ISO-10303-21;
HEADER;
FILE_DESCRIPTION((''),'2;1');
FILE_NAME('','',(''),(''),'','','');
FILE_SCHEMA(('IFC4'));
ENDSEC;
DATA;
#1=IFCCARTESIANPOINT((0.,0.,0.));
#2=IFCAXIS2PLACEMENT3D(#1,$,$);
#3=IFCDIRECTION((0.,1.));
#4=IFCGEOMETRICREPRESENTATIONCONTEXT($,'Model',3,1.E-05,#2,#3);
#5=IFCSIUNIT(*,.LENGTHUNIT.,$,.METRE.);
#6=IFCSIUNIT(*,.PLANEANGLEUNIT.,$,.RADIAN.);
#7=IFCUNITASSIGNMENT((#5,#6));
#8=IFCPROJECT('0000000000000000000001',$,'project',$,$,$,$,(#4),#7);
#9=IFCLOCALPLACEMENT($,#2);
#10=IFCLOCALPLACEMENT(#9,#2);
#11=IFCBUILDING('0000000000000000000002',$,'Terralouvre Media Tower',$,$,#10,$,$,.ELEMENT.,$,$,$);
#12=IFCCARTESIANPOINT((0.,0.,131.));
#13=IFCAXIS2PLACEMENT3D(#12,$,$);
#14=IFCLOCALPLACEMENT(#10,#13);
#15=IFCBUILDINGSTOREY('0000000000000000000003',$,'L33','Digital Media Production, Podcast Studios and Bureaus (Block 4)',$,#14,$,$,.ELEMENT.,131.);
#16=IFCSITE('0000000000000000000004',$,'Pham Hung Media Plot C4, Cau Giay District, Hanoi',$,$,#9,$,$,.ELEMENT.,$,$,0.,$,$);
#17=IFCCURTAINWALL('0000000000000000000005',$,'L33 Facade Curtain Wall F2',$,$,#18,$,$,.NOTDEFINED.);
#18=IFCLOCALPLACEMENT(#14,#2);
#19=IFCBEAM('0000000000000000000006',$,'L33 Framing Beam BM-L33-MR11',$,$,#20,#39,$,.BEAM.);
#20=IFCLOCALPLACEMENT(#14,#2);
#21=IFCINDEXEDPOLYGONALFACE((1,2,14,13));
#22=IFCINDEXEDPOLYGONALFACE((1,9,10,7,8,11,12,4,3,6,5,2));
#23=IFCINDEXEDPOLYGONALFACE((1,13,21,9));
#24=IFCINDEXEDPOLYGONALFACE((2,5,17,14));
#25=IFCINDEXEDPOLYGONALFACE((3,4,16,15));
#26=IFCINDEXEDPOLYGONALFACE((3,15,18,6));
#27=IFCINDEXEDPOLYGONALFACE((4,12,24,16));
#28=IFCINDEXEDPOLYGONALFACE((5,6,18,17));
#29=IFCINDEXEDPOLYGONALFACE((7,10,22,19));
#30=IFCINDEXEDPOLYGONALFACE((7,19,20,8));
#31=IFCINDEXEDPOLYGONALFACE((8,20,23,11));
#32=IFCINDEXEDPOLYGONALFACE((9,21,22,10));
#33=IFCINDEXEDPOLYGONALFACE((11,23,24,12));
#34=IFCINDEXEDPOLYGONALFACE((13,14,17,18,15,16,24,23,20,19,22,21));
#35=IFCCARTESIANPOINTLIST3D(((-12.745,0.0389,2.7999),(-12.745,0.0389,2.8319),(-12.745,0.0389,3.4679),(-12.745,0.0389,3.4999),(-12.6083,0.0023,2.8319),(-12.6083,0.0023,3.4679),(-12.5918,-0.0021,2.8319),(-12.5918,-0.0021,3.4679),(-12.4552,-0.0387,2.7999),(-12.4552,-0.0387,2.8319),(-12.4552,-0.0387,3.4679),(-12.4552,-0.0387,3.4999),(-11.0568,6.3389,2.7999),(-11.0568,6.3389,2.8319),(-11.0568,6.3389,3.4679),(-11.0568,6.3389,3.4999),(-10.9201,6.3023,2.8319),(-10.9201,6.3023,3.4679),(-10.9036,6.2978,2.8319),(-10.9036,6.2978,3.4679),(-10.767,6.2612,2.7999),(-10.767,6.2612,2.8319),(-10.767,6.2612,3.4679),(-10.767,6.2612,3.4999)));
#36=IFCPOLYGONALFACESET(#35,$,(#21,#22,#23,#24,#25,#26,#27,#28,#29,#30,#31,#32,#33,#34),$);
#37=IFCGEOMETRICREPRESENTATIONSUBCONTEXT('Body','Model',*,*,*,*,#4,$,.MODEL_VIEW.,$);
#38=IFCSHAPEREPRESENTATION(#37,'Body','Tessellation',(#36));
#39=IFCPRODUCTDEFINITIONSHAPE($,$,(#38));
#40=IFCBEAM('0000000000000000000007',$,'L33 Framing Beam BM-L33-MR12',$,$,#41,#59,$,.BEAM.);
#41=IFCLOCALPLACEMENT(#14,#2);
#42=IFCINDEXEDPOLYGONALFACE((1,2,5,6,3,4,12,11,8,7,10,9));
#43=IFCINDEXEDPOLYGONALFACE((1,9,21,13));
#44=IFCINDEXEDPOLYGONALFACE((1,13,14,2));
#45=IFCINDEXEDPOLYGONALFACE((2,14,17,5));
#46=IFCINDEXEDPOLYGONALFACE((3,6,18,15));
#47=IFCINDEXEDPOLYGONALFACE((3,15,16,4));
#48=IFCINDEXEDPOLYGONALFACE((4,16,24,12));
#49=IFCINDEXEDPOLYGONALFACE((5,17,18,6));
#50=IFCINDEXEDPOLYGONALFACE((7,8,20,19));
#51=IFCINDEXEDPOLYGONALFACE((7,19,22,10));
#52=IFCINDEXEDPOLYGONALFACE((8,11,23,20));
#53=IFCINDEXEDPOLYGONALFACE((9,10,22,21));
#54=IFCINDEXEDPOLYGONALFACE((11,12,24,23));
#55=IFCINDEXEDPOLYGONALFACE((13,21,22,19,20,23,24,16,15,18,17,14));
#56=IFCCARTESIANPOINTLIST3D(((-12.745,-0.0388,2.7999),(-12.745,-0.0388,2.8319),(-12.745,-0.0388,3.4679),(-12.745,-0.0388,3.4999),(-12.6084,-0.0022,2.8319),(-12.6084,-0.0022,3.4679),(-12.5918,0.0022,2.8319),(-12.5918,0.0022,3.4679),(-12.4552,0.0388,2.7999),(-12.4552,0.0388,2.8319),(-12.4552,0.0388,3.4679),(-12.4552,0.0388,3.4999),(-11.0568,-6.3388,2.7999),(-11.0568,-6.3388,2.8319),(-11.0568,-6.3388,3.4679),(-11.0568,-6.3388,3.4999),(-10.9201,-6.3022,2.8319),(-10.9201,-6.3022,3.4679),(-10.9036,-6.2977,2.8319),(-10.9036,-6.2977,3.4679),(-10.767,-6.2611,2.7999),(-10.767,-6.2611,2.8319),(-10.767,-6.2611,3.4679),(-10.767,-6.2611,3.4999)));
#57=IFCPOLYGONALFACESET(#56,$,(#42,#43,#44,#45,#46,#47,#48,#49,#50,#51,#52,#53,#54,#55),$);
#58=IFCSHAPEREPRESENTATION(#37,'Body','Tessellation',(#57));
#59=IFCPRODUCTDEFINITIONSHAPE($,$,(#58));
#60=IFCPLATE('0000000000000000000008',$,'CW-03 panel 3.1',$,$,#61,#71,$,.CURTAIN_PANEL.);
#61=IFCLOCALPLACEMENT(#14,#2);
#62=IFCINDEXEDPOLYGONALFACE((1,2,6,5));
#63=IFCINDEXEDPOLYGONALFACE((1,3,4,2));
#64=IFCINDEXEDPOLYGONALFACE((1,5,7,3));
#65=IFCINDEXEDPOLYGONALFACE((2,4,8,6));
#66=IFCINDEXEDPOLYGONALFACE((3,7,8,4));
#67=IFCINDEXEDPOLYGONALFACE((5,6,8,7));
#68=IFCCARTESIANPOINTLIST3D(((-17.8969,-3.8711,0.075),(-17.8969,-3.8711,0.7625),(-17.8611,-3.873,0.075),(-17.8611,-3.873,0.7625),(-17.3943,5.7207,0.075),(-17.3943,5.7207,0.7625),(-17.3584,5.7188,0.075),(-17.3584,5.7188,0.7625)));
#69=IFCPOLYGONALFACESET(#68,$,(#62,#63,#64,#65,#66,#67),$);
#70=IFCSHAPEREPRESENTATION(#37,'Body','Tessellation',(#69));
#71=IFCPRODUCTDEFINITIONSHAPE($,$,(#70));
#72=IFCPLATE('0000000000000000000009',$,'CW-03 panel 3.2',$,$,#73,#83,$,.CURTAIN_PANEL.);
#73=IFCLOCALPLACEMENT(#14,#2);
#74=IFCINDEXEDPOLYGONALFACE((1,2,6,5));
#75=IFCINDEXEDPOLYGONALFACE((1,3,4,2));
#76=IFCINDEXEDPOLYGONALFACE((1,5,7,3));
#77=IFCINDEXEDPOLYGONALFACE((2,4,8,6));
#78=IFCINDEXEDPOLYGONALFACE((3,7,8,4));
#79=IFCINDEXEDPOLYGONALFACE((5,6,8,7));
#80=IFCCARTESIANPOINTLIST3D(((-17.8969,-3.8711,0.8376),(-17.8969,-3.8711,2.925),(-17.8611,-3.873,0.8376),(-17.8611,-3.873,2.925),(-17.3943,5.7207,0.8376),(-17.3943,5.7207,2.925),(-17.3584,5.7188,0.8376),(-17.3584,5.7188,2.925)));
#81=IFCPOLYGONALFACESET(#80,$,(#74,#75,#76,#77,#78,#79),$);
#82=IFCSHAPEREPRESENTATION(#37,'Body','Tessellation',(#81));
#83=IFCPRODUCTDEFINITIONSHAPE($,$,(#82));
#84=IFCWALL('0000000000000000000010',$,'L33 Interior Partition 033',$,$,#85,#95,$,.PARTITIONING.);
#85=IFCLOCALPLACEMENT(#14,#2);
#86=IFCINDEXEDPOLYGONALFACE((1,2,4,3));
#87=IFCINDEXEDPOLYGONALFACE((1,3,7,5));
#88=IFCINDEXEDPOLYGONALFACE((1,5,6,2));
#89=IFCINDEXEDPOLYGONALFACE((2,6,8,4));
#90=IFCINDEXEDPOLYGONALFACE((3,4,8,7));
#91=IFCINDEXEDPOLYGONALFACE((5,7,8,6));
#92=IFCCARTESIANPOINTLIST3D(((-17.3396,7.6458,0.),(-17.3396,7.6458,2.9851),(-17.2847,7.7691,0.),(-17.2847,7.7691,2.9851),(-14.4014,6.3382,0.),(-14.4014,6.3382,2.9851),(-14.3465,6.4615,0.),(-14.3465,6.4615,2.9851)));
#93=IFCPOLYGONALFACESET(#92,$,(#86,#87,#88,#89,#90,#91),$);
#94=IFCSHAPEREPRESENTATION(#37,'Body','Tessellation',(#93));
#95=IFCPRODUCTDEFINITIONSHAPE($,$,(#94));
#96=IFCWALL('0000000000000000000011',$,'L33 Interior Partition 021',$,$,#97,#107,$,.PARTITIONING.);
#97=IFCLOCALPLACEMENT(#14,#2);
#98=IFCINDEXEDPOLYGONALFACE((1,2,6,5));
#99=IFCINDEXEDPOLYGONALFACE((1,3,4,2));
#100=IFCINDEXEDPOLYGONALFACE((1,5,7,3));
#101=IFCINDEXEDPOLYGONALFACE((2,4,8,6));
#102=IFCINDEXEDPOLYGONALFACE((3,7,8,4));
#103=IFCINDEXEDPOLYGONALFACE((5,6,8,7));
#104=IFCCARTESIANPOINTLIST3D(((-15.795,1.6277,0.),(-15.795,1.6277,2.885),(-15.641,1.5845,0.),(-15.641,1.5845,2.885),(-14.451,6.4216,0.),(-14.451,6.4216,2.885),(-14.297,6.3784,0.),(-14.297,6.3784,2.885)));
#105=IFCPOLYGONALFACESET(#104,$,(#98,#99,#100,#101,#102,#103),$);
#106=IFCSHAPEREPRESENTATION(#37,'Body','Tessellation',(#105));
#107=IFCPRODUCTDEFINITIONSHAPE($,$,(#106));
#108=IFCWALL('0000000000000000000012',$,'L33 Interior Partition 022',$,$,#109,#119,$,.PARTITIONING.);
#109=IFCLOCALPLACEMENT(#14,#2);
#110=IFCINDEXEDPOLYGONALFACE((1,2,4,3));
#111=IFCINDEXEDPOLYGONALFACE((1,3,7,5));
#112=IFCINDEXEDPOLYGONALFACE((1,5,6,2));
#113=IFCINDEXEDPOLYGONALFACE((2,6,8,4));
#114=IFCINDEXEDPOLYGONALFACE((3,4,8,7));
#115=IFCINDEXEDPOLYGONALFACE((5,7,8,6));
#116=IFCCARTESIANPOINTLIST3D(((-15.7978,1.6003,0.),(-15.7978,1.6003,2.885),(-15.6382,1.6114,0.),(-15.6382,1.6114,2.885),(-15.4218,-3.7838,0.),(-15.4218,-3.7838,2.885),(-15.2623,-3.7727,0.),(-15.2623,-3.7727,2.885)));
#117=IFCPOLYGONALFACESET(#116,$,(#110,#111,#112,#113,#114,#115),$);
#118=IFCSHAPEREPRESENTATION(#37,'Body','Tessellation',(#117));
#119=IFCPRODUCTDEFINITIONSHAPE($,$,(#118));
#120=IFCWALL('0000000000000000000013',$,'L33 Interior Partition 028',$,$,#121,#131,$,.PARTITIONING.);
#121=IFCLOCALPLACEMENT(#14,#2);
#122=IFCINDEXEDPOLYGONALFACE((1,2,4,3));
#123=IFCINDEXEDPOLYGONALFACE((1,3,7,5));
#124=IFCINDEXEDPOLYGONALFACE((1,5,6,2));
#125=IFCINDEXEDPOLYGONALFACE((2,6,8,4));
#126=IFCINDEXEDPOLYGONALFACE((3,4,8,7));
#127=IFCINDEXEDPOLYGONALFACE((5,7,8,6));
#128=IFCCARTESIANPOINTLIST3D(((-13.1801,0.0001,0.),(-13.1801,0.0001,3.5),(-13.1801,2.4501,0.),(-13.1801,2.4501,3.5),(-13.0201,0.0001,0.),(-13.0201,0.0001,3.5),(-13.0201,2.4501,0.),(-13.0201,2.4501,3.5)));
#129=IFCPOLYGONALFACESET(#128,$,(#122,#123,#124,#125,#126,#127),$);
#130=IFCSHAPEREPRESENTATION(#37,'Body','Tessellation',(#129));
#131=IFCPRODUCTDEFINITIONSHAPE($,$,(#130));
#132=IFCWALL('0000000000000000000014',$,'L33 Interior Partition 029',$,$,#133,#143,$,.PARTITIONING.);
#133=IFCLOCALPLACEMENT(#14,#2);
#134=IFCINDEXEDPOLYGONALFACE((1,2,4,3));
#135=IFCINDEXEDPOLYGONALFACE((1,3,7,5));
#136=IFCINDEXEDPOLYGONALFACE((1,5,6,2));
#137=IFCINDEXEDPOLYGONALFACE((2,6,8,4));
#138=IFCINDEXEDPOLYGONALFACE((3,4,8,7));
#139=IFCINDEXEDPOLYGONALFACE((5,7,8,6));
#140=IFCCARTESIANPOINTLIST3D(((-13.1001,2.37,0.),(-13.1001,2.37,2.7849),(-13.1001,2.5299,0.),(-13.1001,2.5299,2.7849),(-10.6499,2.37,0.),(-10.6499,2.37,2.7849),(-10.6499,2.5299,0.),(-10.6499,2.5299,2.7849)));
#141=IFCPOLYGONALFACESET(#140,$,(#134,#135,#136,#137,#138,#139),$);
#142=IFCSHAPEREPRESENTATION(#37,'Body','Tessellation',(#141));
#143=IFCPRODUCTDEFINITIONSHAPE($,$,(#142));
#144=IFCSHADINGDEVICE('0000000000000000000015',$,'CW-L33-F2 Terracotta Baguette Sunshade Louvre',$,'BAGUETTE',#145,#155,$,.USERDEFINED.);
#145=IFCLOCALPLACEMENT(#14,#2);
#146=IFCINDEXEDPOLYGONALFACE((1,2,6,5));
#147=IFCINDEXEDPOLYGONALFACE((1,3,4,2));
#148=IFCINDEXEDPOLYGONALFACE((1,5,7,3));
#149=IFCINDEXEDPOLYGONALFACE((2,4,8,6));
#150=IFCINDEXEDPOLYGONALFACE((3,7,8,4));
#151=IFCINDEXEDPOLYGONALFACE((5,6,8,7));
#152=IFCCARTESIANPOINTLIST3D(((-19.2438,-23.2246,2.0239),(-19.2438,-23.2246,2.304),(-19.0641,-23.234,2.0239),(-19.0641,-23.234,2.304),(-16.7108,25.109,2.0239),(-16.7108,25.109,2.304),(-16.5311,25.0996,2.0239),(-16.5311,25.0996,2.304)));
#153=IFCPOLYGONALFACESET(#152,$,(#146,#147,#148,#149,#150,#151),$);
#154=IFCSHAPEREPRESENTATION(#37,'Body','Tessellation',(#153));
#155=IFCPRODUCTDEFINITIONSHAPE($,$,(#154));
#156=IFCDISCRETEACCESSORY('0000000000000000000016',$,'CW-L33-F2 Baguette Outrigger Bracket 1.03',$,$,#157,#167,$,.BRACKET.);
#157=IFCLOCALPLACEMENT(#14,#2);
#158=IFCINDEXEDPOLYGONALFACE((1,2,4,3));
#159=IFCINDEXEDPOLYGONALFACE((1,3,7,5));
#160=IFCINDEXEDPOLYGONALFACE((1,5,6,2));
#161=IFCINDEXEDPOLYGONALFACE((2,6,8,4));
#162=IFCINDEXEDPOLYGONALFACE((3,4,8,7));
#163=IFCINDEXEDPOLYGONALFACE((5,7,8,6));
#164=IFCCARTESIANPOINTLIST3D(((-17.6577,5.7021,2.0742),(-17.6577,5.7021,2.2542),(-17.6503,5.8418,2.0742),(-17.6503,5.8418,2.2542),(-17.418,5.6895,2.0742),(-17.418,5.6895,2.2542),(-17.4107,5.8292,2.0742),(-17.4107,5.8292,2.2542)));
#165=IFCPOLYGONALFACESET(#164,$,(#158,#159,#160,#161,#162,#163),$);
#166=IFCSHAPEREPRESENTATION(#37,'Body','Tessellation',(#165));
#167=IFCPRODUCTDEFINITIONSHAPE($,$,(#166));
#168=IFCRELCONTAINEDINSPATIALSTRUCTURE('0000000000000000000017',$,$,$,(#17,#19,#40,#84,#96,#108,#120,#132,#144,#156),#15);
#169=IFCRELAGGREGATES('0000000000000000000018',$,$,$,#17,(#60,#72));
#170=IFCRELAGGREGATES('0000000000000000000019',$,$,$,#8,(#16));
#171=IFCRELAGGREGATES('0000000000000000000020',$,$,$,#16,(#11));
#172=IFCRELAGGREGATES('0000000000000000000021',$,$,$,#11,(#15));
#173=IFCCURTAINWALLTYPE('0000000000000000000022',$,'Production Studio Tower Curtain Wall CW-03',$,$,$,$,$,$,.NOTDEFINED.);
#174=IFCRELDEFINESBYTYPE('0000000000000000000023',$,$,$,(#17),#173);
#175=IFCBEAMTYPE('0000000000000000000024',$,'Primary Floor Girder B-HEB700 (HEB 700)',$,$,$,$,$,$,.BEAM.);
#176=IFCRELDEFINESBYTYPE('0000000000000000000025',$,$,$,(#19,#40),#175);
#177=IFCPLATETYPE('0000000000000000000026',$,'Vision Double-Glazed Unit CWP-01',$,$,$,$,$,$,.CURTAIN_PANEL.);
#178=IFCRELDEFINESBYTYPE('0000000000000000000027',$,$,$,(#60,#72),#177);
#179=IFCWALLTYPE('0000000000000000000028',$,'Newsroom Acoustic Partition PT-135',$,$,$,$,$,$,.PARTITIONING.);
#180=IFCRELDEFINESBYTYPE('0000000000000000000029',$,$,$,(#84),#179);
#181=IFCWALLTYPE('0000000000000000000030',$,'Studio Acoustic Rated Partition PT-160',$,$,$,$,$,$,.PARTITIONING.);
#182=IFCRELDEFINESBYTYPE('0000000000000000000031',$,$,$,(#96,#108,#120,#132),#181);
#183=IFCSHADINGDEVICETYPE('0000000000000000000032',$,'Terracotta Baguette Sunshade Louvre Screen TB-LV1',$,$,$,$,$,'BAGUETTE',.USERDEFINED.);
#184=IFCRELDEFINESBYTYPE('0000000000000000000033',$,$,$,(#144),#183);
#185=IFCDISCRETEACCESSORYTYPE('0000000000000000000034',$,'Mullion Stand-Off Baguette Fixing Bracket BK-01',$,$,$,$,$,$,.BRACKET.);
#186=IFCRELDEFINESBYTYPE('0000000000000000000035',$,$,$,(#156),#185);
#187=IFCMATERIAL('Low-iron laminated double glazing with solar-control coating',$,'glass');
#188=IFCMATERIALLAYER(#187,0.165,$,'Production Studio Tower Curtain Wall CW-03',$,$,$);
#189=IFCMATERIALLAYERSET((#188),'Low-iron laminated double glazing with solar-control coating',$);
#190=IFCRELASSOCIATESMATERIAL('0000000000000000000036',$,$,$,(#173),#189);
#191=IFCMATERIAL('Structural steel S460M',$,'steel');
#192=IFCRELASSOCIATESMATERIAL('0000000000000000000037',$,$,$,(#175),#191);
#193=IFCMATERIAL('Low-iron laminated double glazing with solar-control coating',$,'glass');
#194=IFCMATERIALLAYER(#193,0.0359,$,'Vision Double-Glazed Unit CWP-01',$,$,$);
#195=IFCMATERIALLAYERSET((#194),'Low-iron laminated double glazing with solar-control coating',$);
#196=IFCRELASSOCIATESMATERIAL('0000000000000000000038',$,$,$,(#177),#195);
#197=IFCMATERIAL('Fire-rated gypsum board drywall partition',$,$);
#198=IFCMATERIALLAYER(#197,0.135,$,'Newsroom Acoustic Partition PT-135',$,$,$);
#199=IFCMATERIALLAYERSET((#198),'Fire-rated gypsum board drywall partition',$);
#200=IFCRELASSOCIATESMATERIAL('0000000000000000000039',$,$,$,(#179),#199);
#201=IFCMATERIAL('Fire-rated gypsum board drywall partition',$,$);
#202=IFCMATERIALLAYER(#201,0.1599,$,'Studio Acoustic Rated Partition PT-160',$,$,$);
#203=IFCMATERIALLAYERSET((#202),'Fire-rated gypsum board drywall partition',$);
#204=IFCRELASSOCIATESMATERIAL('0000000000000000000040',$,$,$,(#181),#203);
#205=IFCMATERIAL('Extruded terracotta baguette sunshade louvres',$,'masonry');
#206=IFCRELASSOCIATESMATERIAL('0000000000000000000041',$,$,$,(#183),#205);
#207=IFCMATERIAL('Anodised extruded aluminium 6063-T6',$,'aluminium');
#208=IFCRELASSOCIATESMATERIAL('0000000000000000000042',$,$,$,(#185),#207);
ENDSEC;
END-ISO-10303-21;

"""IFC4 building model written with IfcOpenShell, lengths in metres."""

from ifc_helpers import new_model, si_unit, direction, frame, frame_2d, origin, origin_2d, place, context, subcontext, project, spatial, rectangle, i_section, extrude, material, layer, layer_set, material_profile, profile_set, type_object, element, aggregate, save


model = new_model("IFC4")

# Units and contexts
model_context = context("Model", 3, precision=1e-05, world=origin(), true_north=direction((0.0, 1.0)))
body_context = subcontext(model_context, "Body", "Model", "MODEL_VIEW")
ifc_project = project(units=[si_unit("LENGTHUNIT", "METRE"), si_unit("PLANEANGLEUNIT", "RADIAN")], contexts=[model_context])

# Site, building, storey
site_placement = place(None, origin())
site = spatial("IfcSite", under=ifc_project, at=site_placement, Name="Pham Hung Media Plot C4, Cau Giay District, Hanoi", CompositionType="ELEMENT", RefElevation=0.0)
building_placement = place(site_placement, origin())
building = spatial("IfcBuilding", under=site, at=building_placement, Name="Terralouvre Media Tower", CompositionType="ELEMENT")
storey_placement = place(building_placement, frame((0.0, 0.0, 131.0)))
storey = spatial("IfcBuildingStorey", under=building, at=storey_placement, Name="L33", Description="Digital Media Production, Podcast Studios and Bureaus (Block 4)", CompositionType="ELEMENT", Elevation=131.0)

# Curtain wall
ifc_material_1 = material(Name="Low-iron laminated double glazing with solar-control coating", Category="glass")
ifc_layer_1 = layer(ifc_material_1, 0.165, Name="Production Studio Tower Curtain Wall CW-03")
ifc_layer_set_1 = layer_set([ifc_layer_1], Name="Low-iron laminated double glazing with solar-control coating")
curtain_wall_type = type_object("IfcCurtainWallType", Name="Production Studio Tower Curtain Wall CW-03", PredefinedType="NOTDEFINED", material=ifc_layer_set_1)
curtain_wall_placement = place(storey_placement, origin())
curtain_wall = element("IfcCurtainWall", 1, at=curtain_wall_placement, inside=storey, type_object=curtain_wall_type, Name="L33 Facade Curtain Wall F2", PredefinedType="NOTDEFINED")

# Beams
ifc_material_2 = material(Name="Structural steel S460M", Category="steel")
ifc_material_profile_1 = material_profile(ifc_material_2, i_section(OverallWidth=0.3, OverallDepth=0.7, WebThickness=0.0171, FlangeThickness=0.032, at=origin_2d()), Name="HEB 700")
ifc_profile_set_1 = profile_set([ifc_material_profile_1], Name="Structural steel S460M")
beam_type_1 = type_object("IfcBeamType", Name="Primary Floor Girder B-HEB700 (HEB 700)", PredefinedType="BEAM", material=ifc_profile_set_1)
for number, where, z_axis, x_axis, name in (
    (2, (-10.9119, 6.3, 3.1499), (-0.258839, -0.96592, 0.0), (0.96592, -0.258839, 0.0), "L33 Framing Beam BM-L33-MR11"),
    (3, (-12.6001, 0.0, 3.1499), (0.258839, -0.96592, 0.0), (0.96592, 0.258839, 0.0), "L33 Framing Beam BM-L33-MR12"),
):
    element("IfcBeam", number, at=place(storey_placement, frame(where, z_axis=z_axis, x_axis=x_axis)), inside=storey, type_object=beam_type_1, Name=name, PredefinedType="BEAM", context=body_context, shape_type="SweptSolid", body=[
        extrude(i_section(OverallWidth=0.3, OverallDepth=0.7, WebThickness=0.0171, FlangeThickness=0.032, at=origin_2d()), origin(), (0.0, 0.0, 1.0), 6.5222),
    ])

# Plates
ifc_material_3 = material(Name="Low-iron laminated double glazing with solar-control coating", Category="glass")
ifc_layer_2 = layer(ifc_material_3, 0.0359, Name="Vision Double-Glazed Unit CWP-01")
ifc_layer_set_2 = layer_set([ifc_layer_2], Name="Low-iron laminated double glazing with solar-control coating")
plate_type = type_object("IfcPlateType", Name="Vision Double-Glazed Unit CWP-01", PredefinedType="CURTAIN_PANEL", material=ifc_layer_set_2)
plate_1_placement = place(storey_placement, frame((-17.6277, 0.9238, 0.075), z_axis=(0.0, 0.0, 1.0), x_axis=(-0.052336, -0.99863, 0.0)))
plate_1 = element("IfcPlate", 4, at=plate_1_placement, type_object=plate_type, Name="CW-03 panel 3.1", PredefinedType="CURTAIN_PANEL", context=body_context, shape_type="SweptSolid", body=[
    extrude(rectangle(XDim=9.605, YDim=0.0359, at=origin_2d()), origin(), (0.0, 0.0, 1.0), 0.6875),
])
plate_2_placement = place(storey_placement, frame((-17.6277, 0.9238, 0.8376), z_axis=(0.0, 0.0, 1.0), x_axis=(-0.052336, -0.99863, 0.0)))
plate_2 = element("IfcPlate", 5, at=plate_2_placement, type_object=plate_type, Name="CW-03 panel 3.2", PredefinedType="CURTAIN_PANEL", context=body_context, shape_type="SweptSolid", body=[
    extrude(rectangle(XDim=9.605, YDim=0.0359, at=origin_2d()), origin(), (0.0, 0.0, 1.0), 2.0874),
])
aggregate(curtain_wall, [plate_1, plate_2])

# Walls
ifc_material_4 = material(Name="Fire-rated gypsum board drywall partition")
ifc_layer_3 = layer(ifc_material_4, 0.135, Name="Newsroom Acoustic Partition PT-135")
ifc_layer_set_3 = layer_set([ifc_layer_3], Name="Fire-rated gypsum board drywall partition")
wall_type_1 = type_object("IfcWallType", Name="Newsroom Acoustic Partition PT-135", PredefinedType="PARTITIONING", material=ifc_layer_set_3)
wall_1_placement = place(storey_placement, frame((-14.374, 6.3999, 0.0), z_axis=(0.0, 0.0, 1.0), x_axis=(-0.913611, 0.406589, 0.0)))
element("IfcWall", 6, at=wall_1_placement, inside=storey, type_object=wall_type_1, Name="L33 Interior Partition 033", PredefinedType="PARTITIONING", context=body_context, shape_type="SweptSolid", body=[
    extrude(rectangle(XDim=3.2161, YDim=0.135, at=frame_2d((1.6079, 0.0))), origin(), (0.0, 0.0, 1.0), 2.9851),
])
ifc_material_5 = material(Name="Fire-rated gypsum board drywall partition")
ifc_layer_4 = layer(ifc_material_5, 0.1599, Name="Studio Acoustic Rated Partition PT-160")
ifc_layer_set_4 = layer_set([ifc_layer_4], Name="Fire-rated gypsum board drywall partition")
wall_type_2 = type_object("IfcWallType", Name="Studio Acoustic Rated Partition PT-160", PredefinedType="PARTITIONING", material=ifc_layer_set_4)
wall_2_placement = place(storey_placement, frame((-14.374, 6.3999, 0.0), z_axis=(0.0, 0.0, 1.0), x_axis=(-0.269945, -0.962876, 0.0)))
element("IfcWall", 7, at=wall_2_placement, inside=storey, type_object=wall_type_2, Name="L33 Interior Partition 021", PredefinedType="PARTITIONING", context=body_context, shape_type="SweptSolid", body=[
    extrude(rectangle(XDim=4.9788, YDim=0.1599, at=frame_2d((2.4893, 0.0))), origin(), (0.0, 0.0, 1.0), 2.885),
])
wall_3_placement = place(storey_placement, frame((-15.718, 1.606, 0.0), z_axis=(0.0, 0.0, 1.0), x_axis=(0.069662, -0.997571, 0.0)))
element("IfcWall", 8, at=wall_3_placement, inside=storey, type_object=wall_type_2, Name="L33 Interior Partition 022", PredefinedType="PARTITIONING", context=body_context, shape_type="SweptSolid", body=[
    extrude(rectangle(XDim=5.3972, YDim=0.1599, at=frame_2d((2.6987, 0.0))), origin(), (0.0, 0.0, 1.0), 2.885),
])
wall_4_placement = place(storey_placement, frame((-13.1001, 0.0, 0.0), z_axis=(0.0, 0.0, 1.0), x_axis=(0.0, 1.0, 0.0)))
element("IfcWall", 9, at=wall_4_placement, inside=storey, type_object=wall_type_2, Name="L33 Interior Partition 028", PredefinedType="PARTITIONING", context=body_context, shape_type="SweptSolid", body=[
    extrude(rectangle(XDim=2.45, YDim=0.1599, at=frame_2d((1.2251, 0.0))), origin(), (0.0, 0.0, 1.0), 3.5),
])
wall_5_placement = place(storey_placement, frame((-13.1001, 2.45, 0.0), z_axis=(0.0, 0.0, 1.0), x_axis=(1.0, 0.0, 0.0)))
element("IfcWall", 10, at=wall_5_placement, inside=storey, type_object=wall_type_2, Name="L33 Interior Partition 029", PredefinedType="PARTITIONING", context=body_context, shape_type="SweptSolid", body=[
    extrude(rectangle(XDim=2.4502, YDim=0.1599, at=frame_2d((1.2251, 0.0))), origin(), (0.0, 0.0, 1.0), 2.7849),
])

# Shading device
ifc_material_6 = material(Name="Extruded terracotta baguette sunshade louvres", Category="masonry")
shading_device_type = type_object("IfcShadingDeviceType", Name="Terracotta Baguette Sunshade Louvre Screen TB-LV1", ElementType="BAGUETTE", PredefinedType="USERDEFINED", material=ifc_material_6)
shading_device_placement = place(storey_placement, frame((-17.8875, 0.9375, 2.0239), z_axis=(0.0, 0.0, 1.0), x_axis=(-0.052336, -0.99863, 0.0)))
element("IfcShadingDevice", 11, at=shading_device_placement, inside=storey, type_object=shading_device_type, Name="CW-L33-F2 Terracotta Baguette Sunshade Louvre", ObjectType="BAGUETTE", PredefinedType="USERDEFINED", context=body_context, shape_type="SweptSolid", body=[
    extrude(rectangle(XDim=48.3999, YDim=0.1799, at=origin_2d()), origin(), (0.0, 0.0, 1.0), 0.28),
])

# Discrete accessory
ifc_material_7 = material(Name="Anodised extruded aluminium 6063-T6", Category="aluminium")
discrete_accessory_type = type_object("IfcDiscreteAccessoryType", Name="Mullion Stand-Off Baguette Fixing Bracket BK-01", PredefinedType="BRACKET", material=ifc_material_7)
discrete_accessory_placement = place(storey_placement, frame((-17.5342, 5.7656, 2.0742), z_axis=(0.0, 0.0, 1.0), x_axis=(-0.052336, -0.99863, 0.0)))
element("IfcDiscreteAccessory", 12, at=discrete_accessory_placement, inside=storey, type_object=discrete_accessory_type, Name="CW-L33-F2 Baguette Outrigger Bracket 1.03", PredefinedType="BRACKET", context=body_context, shape_type="SweptSolid", body=[
    extrude(rectangle(XDim=0.1399, YDim=0.24, at=origin_2d()), origin(), (0.0, 0.0, 1.0), 0.1799),
])

save(model, "model.ifc")
